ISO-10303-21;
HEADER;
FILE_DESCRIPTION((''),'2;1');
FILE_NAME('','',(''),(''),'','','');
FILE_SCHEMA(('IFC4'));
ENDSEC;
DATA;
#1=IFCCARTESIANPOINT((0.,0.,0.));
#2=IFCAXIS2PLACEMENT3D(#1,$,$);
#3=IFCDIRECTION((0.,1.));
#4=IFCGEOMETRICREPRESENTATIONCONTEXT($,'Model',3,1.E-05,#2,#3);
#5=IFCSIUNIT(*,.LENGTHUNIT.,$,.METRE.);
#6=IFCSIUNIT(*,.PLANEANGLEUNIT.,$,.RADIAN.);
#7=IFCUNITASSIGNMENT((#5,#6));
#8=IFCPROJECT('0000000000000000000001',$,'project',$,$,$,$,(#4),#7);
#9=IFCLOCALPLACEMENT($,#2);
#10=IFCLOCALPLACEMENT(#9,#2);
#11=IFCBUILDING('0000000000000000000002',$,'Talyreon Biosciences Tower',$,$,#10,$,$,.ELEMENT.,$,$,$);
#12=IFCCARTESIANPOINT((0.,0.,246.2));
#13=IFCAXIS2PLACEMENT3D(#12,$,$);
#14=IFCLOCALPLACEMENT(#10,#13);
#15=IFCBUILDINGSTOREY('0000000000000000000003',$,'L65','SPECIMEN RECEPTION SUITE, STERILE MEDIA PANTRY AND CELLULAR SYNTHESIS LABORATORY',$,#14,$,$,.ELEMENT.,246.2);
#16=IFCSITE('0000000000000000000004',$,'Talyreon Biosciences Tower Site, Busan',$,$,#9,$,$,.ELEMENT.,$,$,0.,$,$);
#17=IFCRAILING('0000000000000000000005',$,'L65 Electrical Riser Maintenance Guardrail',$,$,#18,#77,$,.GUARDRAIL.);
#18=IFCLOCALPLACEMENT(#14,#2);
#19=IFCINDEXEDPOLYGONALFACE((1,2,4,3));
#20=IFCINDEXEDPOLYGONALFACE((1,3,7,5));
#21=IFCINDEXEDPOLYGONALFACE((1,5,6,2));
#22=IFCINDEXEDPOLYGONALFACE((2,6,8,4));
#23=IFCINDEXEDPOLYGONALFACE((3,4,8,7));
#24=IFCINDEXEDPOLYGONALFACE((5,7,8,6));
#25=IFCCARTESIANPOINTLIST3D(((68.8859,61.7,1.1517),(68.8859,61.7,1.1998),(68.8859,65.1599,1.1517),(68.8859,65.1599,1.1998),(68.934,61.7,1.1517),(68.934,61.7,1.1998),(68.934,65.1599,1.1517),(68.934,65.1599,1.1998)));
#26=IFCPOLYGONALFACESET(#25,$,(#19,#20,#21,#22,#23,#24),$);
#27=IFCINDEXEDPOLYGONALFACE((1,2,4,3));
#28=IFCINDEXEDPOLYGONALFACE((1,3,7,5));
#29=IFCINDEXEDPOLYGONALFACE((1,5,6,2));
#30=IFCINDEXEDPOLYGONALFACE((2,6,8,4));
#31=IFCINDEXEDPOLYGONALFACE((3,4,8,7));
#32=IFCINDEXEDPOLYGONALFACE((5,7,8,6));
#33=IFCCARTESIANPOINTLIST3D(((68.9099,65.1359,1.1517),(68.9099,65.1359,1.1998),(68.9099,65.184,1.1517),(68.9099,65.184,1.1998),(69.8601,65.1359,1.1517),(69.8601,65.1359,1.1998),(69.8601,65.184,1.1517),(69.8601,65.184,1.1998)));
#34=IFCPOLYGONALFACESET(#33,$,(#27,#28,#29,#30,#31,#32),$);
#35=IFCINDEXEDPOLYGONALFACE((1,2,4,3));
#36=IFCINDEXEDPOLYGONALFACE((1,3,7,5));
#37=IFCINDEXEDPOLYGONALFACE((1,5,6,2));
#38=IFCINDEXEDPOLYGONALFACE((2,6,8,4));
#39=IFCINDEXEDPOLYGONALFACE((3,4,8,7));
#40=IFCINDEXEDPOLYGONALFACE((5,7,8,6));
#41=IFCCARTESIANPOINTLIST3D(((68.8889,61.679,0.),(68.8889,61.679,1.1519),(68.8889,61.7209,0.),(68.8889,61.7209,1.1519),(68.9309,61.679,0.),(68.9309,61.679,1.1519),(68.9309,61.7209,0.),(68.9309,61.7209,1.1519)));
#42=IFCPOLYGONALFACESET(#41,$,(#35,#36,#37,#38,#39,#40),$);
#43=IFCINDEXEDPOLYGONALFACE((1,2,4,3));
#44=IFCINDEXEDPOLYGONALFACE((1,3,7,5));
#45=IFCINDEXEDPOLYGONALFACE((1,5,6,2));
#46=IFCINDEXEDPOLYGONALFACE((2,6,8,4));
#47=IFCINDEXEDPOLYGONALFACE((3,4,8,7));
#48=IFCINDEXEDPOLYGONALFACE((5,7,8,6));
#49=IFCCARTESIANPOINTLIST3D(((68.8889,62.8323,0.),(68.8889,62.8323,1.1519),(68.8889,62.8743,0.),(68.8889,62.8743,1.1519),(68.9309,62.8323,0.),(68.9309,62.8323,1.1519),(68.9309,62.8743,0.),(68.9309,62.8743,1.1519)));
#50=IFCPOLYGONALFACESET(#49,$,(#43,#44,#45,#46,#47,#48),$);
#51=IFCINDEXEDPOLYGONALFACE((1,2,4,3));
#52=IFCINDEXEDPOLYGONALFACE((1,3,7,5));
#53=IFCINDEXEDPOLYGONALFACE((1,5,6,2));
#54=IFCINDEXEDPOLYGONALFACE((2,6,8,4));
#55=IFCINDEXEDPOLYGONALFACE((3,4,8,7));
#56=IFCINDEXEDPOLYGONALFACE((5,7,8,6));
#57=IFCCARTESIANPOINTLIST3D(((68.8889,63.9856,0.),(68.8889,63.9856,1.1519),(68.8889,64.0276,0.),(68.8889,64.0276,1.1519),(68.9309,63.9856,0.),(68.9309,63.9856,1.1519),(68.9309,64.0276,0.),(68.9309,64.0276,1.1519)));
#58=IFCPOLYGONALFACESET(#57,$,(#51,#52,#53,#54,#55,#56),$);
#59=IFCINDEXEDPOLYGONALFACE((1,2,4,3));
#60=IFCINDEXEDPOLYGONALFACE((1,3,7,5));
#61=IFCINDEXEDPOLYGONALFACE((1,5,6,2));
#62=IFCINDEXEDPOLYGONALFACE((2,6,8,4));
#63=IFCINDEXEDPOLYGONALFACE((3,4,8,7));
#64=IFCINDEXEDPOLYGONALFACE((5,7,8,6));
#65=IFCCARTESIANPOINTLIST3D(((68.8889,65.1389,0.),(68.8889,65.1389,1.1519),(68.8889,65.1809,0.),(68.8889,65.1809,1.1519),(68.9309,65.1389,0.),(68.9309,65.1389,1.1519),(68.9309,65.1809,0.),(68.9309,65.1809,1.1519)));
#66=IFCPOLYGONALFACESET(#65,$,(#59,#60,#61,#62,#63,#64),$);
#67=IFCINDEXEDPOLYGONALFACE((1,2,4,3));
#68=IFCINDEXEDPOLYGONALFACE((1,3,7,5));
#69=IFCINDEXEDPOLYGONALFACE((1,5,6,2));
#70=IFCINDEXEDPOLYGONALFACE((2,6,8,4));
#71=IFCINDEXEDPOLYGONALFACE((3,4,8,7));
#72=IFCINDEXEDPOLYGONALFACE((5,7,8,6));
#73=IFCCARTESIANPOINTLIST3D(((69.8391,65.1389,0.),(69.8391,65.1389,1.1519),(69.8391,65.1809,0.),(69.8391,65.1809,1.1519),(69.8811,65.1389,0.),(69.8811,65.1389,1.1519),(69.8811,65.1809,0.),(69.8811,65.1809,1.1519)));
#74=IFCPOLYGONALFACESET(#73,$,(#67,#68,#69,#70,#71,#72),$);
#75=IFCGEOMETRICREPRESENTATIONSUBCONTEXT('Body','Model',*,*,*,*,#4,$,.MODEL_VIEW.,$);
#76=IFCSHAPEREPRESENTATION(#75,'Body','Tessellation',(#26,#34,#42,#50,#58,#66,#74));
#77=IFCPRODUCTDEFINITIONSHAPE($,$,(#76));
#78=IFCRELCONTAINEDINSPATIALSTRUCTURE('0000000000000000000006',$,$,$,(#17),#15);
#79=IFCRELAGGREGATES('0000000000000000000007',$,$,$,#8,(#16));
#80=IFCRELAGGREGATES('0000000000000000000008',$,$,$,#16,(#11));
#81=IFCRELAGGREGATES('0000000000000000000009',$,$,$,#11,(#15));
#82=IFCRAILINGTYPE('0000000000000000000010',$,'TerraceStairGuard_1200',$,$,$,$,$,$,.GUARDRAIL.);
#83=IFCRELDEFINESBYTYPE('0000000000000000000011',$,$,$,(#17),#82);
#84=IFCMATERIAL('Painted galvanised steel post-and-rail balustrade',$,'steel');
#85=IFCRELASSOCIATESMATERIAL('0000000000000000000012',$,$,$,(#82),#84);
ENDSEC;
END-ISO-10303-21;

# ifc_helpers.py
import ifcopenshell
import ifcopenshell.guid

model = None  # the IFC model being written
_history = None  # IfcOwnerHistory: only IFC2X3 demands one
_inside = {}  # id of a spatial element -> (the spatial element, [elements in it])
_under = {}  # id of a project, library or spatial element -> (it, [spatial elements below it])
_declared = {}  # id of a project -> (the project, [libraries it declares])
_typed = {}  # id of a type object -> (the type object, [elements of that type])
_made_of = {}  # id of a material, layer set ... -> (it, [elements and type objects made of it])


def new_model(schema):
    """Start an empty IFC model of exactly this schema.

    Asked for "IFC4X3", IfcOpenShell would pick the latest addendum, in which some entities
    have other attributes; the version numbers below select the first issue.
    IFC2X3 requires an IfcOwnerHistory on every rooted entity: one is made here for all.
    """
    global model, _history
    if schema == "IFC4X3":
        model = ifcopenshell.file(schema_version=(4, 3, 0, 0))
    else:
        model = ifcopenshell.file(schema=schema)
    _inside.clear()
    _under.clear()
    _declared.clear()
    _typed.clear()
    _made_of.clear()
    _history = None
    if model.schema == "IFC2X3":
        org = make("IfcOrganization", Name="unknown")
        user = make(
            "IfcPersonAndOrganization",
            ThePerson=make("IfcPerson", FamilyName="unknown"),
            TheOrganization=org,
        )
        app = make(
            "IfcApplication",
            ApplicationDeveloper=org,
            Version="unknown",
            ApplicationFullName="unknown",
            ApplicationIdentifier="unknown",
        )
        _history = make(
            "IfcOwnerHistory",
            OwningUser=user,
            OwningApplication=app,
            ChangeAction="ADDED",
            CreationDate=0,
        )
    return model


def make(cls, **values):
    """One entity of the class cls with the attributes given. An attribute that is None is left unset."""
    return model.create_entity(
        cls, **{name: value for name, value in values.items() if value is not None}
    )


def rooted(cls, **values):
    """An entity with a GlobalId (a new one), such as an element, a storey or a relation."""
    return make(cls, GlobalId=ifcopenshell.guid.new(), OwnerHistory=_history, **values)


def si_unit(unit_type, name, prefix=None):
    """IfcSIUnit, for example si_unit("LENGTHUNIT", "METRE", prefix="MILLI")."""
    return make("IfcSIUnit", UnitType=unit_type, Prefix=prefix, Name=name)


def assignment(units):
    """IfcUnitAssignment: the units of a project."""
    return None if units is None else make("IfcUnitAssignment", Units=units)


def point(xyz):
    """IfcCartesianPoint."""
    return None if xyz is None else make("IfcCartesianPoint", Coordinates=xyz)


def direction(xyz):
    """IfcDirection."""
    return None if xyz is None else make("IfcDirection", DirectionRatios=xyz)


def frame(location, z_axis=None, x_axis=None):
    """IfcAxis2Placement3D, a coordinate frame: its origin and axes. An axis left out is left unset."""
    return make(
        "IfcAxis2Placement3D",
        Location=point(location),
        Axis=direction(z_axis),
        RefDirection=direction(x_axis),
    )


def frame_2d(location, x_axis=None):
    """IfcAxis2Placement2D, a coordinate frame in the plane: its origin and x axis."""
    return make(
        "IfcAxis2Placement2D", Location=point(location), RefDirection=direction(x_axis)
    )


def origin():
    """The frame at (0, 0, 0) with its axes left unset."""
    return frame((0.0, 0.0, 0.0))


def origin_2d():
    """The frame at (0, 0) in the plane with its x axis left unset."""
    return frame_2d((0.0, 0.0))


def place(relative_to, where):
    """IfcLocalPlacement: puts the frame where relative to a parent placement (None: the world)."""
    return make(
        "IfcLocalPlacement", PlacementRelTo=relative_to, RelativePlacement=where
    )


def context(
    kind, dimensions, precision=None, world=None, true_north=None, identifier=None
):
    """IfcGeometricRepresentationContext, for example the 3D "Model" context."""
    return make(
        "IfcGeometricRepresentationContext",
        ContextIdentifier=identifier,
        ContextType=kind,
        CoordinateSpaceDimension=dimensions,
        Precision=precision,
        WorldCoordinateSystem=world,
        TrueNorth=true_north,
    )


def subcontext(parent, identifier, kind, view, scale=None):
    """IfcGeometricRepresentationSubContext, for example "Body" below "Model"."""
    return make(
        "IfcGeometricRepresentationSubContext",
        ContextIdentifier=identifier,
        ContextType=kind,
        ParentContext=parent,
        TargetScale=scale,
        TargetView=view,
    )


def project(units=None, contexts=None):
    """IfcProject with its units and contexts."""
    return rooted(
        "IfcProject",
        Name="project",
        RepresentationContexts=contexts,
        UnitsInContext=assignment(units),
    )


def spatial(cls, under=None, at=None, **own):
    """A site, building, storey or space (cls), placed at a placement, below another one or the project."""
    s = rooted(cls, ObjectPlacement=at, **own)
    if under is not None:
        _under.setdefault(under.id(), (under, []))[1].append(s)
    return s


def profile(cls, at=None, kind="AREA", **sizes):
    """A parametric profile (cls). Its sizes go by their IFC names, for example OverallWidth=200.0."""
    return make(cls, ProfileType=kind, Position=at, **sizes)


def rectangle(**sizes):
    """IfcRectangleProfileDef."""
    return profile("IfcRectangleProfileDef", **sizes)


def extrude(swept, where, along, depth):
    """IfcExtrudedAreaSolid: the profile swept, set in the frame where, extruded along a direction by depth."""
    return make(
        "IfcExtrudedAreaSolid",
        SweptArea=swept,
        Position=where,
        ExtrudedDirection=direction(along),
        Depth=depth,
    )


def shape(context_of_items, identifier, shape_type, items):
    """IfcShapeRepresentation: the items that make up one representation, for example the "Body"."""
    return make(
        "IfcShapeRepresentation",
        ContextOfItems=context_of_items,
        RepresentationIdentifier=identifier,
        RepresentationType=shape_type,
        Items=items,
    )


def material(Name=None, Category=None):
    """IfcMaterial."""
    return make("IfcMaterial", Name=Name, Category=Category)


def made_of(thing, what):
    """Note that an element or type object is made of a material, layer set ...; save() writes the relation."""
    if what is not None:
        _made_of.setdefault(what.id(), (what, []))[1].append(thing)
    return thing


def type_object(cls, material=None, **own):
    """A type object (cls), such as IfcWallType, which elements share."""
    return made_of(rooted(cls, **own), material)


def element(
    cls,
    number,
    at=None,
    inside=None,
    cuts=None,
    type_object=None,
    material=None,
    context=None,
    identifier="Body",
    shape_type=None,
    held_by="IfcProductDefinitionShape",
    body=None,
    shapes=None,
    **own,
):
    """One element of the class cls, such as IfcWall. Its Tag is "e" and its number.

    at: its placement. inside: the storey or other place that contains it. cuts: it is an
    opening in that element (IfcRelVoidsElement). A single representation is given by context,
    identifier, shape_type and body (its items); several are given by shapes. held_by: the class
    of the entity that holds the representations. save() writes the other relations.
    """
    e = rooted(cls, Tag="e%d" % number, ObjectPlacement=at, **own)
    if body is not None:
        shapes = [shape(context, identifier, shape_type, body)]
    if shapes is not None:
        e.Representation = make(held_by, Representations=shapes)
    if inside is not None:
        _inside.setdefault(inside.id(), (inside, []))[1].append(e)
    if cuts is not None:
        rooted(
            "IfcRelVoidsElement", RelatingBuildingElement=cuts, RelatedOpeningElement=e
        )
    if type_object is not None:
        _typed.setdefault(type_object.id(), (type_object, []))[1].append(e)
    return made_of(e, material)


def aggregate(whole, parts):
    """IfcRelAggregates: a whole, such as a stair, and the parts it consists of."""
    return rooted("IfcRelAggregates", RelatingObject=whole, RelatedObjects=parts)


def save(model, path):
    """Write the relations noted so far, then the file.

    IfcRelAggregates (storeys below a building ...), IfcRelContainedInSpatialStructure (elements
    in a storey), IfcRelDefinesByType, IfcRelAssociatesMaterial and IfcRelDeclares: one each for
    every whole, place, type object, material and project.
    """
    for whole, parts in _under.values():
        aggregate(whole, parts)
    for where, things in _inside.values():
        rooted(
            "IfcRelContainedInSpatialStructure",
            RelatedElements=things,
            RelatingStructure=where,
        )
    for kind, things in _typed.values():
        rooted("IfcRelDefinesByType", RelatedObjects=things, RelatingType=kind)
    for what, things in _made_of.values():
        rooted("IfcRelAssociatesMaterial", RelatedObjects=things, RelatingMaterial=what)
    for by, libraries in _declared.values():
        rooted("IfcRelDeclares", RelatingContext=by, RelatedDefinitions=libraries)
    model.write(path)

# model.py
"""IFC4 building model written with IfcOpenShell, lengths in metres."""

from ifc_helpers import new_model, si_unit, direction, frame, origin, origin_2d, place, context, subcontext, project, spatial, rectangle, extrude, material, type_object, element, save


model = new_model("IFC4")

# Units and contexts
model_context = context("Model", 3, precision=1e-05, world=origin(), true_north=direction((0.0, 1.0)))
body_context = subcontext(model_context, "Body", "Model", "MODEL_VIEW")
ifc_project = project(units=[si_unit("LENGTHUNIT", "METRE"), si_unit("PLANEANGLEUNIT", "RADIAN")], contexts=[model_context])

# Site, building, storey
site_placement = place(None, origin())
site = spatial("IfcSite", under=ifc_project, at=site_placement, Name="Talyreon Biosciences Tower Site, Busan", CompositionType="ELEMENT", RefElevation=0.0)
building_placement = place(site_placement, origin())
building = spatial("IfcBuilding", under=site, at=building_placement, Name="Talyreon Biosciences Tower", CompositionType="ELEMENT")
storey_placement = place(building_placement, frame((0.0, 0.0, 246.2)))
storey = spatial("IfcBuildingStorey", under=building, at=storey_placement, Name="L65", Description="SPECIMEN RECEPTION SUITE, STERILE MEDIA PANTRY AND CELLULAR SYNTHESIS LABORATORY", CompositionType="ELEMENT", Elevation=246.2)

# Railing
ifc_material_1 = material(Name="Painted galvanised steel post-and-rail balustrade", Category="steel")
railing_type_1 = type_object("IfcRailingType", Name="TerraceStairGuard_1200", PredefinedType="GUARDRAIL", material=ifc_material_1)
railing_1_placement = place(storey_placement, frame((68.9099, 61.7, 0.0)))
element("IfcRailing", 1, at=railing_1_placement, inside=storey, type_object=railing_type_1, Name="L65 Electrical Riser Maintenance Guardrail", PredefinedType="GUARDRAIL", context=body_context, shape_type="SweptSolid", body=[
    extrude(rectangle(XDim=0.0481, YDim=0.0481, at=origin_2d()), frame((0.0, 0.0, 1.1758), z_axis=(0.0, 1.0, 0.0), x_axis=(-1.0, 0.0, 0.0)), (0.0, 0.0, 1.0), 3.46),
    extrude(rectangle(XDim=0.0481, YDim=0.0481, at=origin_2d()), frame((0.0, 3.46, 1.1758), z_axis=(1.0, 0.0, 0.0), x_axis=(0.0, 1.0, 0.0)), (0.0, 0.0, 1.0), 0.9502),
    extrude(rectangle(XDim=0.042, YDim=0.042, at=origin_2d()), origin(), (0.0, 0.0, 1.0), 1.1519),
    extrude(rectangle(XDim=0.042, YDim=0.042, at=origin_2d()), frame((0.0, 1.1533, 0.0)), (0.0, 0.0, 1.0), 1.1519),
    extrude(rectangle(XDim=0.042, YDim=0.042, at=origin_2d()), frame((0.0, 2.3066, 0.0)), (0.0, 0.0, 1.0), 1.1519),
    extrude(rectangle(XDim=0.042, YDim=0.042, at=origin_2d()), frame((0.0, 3.46, 0.0)), (0.0, 0.0, 1.0), 1.1519),
    extrude(rectangle(XDim=0.042, YDim=0.042, at=origin_2d()), frame((0.9502, 3.46, 0.0)), (0.0, 0.0, 1.0), 1.1519),
])

save(model, "model.ifc")
